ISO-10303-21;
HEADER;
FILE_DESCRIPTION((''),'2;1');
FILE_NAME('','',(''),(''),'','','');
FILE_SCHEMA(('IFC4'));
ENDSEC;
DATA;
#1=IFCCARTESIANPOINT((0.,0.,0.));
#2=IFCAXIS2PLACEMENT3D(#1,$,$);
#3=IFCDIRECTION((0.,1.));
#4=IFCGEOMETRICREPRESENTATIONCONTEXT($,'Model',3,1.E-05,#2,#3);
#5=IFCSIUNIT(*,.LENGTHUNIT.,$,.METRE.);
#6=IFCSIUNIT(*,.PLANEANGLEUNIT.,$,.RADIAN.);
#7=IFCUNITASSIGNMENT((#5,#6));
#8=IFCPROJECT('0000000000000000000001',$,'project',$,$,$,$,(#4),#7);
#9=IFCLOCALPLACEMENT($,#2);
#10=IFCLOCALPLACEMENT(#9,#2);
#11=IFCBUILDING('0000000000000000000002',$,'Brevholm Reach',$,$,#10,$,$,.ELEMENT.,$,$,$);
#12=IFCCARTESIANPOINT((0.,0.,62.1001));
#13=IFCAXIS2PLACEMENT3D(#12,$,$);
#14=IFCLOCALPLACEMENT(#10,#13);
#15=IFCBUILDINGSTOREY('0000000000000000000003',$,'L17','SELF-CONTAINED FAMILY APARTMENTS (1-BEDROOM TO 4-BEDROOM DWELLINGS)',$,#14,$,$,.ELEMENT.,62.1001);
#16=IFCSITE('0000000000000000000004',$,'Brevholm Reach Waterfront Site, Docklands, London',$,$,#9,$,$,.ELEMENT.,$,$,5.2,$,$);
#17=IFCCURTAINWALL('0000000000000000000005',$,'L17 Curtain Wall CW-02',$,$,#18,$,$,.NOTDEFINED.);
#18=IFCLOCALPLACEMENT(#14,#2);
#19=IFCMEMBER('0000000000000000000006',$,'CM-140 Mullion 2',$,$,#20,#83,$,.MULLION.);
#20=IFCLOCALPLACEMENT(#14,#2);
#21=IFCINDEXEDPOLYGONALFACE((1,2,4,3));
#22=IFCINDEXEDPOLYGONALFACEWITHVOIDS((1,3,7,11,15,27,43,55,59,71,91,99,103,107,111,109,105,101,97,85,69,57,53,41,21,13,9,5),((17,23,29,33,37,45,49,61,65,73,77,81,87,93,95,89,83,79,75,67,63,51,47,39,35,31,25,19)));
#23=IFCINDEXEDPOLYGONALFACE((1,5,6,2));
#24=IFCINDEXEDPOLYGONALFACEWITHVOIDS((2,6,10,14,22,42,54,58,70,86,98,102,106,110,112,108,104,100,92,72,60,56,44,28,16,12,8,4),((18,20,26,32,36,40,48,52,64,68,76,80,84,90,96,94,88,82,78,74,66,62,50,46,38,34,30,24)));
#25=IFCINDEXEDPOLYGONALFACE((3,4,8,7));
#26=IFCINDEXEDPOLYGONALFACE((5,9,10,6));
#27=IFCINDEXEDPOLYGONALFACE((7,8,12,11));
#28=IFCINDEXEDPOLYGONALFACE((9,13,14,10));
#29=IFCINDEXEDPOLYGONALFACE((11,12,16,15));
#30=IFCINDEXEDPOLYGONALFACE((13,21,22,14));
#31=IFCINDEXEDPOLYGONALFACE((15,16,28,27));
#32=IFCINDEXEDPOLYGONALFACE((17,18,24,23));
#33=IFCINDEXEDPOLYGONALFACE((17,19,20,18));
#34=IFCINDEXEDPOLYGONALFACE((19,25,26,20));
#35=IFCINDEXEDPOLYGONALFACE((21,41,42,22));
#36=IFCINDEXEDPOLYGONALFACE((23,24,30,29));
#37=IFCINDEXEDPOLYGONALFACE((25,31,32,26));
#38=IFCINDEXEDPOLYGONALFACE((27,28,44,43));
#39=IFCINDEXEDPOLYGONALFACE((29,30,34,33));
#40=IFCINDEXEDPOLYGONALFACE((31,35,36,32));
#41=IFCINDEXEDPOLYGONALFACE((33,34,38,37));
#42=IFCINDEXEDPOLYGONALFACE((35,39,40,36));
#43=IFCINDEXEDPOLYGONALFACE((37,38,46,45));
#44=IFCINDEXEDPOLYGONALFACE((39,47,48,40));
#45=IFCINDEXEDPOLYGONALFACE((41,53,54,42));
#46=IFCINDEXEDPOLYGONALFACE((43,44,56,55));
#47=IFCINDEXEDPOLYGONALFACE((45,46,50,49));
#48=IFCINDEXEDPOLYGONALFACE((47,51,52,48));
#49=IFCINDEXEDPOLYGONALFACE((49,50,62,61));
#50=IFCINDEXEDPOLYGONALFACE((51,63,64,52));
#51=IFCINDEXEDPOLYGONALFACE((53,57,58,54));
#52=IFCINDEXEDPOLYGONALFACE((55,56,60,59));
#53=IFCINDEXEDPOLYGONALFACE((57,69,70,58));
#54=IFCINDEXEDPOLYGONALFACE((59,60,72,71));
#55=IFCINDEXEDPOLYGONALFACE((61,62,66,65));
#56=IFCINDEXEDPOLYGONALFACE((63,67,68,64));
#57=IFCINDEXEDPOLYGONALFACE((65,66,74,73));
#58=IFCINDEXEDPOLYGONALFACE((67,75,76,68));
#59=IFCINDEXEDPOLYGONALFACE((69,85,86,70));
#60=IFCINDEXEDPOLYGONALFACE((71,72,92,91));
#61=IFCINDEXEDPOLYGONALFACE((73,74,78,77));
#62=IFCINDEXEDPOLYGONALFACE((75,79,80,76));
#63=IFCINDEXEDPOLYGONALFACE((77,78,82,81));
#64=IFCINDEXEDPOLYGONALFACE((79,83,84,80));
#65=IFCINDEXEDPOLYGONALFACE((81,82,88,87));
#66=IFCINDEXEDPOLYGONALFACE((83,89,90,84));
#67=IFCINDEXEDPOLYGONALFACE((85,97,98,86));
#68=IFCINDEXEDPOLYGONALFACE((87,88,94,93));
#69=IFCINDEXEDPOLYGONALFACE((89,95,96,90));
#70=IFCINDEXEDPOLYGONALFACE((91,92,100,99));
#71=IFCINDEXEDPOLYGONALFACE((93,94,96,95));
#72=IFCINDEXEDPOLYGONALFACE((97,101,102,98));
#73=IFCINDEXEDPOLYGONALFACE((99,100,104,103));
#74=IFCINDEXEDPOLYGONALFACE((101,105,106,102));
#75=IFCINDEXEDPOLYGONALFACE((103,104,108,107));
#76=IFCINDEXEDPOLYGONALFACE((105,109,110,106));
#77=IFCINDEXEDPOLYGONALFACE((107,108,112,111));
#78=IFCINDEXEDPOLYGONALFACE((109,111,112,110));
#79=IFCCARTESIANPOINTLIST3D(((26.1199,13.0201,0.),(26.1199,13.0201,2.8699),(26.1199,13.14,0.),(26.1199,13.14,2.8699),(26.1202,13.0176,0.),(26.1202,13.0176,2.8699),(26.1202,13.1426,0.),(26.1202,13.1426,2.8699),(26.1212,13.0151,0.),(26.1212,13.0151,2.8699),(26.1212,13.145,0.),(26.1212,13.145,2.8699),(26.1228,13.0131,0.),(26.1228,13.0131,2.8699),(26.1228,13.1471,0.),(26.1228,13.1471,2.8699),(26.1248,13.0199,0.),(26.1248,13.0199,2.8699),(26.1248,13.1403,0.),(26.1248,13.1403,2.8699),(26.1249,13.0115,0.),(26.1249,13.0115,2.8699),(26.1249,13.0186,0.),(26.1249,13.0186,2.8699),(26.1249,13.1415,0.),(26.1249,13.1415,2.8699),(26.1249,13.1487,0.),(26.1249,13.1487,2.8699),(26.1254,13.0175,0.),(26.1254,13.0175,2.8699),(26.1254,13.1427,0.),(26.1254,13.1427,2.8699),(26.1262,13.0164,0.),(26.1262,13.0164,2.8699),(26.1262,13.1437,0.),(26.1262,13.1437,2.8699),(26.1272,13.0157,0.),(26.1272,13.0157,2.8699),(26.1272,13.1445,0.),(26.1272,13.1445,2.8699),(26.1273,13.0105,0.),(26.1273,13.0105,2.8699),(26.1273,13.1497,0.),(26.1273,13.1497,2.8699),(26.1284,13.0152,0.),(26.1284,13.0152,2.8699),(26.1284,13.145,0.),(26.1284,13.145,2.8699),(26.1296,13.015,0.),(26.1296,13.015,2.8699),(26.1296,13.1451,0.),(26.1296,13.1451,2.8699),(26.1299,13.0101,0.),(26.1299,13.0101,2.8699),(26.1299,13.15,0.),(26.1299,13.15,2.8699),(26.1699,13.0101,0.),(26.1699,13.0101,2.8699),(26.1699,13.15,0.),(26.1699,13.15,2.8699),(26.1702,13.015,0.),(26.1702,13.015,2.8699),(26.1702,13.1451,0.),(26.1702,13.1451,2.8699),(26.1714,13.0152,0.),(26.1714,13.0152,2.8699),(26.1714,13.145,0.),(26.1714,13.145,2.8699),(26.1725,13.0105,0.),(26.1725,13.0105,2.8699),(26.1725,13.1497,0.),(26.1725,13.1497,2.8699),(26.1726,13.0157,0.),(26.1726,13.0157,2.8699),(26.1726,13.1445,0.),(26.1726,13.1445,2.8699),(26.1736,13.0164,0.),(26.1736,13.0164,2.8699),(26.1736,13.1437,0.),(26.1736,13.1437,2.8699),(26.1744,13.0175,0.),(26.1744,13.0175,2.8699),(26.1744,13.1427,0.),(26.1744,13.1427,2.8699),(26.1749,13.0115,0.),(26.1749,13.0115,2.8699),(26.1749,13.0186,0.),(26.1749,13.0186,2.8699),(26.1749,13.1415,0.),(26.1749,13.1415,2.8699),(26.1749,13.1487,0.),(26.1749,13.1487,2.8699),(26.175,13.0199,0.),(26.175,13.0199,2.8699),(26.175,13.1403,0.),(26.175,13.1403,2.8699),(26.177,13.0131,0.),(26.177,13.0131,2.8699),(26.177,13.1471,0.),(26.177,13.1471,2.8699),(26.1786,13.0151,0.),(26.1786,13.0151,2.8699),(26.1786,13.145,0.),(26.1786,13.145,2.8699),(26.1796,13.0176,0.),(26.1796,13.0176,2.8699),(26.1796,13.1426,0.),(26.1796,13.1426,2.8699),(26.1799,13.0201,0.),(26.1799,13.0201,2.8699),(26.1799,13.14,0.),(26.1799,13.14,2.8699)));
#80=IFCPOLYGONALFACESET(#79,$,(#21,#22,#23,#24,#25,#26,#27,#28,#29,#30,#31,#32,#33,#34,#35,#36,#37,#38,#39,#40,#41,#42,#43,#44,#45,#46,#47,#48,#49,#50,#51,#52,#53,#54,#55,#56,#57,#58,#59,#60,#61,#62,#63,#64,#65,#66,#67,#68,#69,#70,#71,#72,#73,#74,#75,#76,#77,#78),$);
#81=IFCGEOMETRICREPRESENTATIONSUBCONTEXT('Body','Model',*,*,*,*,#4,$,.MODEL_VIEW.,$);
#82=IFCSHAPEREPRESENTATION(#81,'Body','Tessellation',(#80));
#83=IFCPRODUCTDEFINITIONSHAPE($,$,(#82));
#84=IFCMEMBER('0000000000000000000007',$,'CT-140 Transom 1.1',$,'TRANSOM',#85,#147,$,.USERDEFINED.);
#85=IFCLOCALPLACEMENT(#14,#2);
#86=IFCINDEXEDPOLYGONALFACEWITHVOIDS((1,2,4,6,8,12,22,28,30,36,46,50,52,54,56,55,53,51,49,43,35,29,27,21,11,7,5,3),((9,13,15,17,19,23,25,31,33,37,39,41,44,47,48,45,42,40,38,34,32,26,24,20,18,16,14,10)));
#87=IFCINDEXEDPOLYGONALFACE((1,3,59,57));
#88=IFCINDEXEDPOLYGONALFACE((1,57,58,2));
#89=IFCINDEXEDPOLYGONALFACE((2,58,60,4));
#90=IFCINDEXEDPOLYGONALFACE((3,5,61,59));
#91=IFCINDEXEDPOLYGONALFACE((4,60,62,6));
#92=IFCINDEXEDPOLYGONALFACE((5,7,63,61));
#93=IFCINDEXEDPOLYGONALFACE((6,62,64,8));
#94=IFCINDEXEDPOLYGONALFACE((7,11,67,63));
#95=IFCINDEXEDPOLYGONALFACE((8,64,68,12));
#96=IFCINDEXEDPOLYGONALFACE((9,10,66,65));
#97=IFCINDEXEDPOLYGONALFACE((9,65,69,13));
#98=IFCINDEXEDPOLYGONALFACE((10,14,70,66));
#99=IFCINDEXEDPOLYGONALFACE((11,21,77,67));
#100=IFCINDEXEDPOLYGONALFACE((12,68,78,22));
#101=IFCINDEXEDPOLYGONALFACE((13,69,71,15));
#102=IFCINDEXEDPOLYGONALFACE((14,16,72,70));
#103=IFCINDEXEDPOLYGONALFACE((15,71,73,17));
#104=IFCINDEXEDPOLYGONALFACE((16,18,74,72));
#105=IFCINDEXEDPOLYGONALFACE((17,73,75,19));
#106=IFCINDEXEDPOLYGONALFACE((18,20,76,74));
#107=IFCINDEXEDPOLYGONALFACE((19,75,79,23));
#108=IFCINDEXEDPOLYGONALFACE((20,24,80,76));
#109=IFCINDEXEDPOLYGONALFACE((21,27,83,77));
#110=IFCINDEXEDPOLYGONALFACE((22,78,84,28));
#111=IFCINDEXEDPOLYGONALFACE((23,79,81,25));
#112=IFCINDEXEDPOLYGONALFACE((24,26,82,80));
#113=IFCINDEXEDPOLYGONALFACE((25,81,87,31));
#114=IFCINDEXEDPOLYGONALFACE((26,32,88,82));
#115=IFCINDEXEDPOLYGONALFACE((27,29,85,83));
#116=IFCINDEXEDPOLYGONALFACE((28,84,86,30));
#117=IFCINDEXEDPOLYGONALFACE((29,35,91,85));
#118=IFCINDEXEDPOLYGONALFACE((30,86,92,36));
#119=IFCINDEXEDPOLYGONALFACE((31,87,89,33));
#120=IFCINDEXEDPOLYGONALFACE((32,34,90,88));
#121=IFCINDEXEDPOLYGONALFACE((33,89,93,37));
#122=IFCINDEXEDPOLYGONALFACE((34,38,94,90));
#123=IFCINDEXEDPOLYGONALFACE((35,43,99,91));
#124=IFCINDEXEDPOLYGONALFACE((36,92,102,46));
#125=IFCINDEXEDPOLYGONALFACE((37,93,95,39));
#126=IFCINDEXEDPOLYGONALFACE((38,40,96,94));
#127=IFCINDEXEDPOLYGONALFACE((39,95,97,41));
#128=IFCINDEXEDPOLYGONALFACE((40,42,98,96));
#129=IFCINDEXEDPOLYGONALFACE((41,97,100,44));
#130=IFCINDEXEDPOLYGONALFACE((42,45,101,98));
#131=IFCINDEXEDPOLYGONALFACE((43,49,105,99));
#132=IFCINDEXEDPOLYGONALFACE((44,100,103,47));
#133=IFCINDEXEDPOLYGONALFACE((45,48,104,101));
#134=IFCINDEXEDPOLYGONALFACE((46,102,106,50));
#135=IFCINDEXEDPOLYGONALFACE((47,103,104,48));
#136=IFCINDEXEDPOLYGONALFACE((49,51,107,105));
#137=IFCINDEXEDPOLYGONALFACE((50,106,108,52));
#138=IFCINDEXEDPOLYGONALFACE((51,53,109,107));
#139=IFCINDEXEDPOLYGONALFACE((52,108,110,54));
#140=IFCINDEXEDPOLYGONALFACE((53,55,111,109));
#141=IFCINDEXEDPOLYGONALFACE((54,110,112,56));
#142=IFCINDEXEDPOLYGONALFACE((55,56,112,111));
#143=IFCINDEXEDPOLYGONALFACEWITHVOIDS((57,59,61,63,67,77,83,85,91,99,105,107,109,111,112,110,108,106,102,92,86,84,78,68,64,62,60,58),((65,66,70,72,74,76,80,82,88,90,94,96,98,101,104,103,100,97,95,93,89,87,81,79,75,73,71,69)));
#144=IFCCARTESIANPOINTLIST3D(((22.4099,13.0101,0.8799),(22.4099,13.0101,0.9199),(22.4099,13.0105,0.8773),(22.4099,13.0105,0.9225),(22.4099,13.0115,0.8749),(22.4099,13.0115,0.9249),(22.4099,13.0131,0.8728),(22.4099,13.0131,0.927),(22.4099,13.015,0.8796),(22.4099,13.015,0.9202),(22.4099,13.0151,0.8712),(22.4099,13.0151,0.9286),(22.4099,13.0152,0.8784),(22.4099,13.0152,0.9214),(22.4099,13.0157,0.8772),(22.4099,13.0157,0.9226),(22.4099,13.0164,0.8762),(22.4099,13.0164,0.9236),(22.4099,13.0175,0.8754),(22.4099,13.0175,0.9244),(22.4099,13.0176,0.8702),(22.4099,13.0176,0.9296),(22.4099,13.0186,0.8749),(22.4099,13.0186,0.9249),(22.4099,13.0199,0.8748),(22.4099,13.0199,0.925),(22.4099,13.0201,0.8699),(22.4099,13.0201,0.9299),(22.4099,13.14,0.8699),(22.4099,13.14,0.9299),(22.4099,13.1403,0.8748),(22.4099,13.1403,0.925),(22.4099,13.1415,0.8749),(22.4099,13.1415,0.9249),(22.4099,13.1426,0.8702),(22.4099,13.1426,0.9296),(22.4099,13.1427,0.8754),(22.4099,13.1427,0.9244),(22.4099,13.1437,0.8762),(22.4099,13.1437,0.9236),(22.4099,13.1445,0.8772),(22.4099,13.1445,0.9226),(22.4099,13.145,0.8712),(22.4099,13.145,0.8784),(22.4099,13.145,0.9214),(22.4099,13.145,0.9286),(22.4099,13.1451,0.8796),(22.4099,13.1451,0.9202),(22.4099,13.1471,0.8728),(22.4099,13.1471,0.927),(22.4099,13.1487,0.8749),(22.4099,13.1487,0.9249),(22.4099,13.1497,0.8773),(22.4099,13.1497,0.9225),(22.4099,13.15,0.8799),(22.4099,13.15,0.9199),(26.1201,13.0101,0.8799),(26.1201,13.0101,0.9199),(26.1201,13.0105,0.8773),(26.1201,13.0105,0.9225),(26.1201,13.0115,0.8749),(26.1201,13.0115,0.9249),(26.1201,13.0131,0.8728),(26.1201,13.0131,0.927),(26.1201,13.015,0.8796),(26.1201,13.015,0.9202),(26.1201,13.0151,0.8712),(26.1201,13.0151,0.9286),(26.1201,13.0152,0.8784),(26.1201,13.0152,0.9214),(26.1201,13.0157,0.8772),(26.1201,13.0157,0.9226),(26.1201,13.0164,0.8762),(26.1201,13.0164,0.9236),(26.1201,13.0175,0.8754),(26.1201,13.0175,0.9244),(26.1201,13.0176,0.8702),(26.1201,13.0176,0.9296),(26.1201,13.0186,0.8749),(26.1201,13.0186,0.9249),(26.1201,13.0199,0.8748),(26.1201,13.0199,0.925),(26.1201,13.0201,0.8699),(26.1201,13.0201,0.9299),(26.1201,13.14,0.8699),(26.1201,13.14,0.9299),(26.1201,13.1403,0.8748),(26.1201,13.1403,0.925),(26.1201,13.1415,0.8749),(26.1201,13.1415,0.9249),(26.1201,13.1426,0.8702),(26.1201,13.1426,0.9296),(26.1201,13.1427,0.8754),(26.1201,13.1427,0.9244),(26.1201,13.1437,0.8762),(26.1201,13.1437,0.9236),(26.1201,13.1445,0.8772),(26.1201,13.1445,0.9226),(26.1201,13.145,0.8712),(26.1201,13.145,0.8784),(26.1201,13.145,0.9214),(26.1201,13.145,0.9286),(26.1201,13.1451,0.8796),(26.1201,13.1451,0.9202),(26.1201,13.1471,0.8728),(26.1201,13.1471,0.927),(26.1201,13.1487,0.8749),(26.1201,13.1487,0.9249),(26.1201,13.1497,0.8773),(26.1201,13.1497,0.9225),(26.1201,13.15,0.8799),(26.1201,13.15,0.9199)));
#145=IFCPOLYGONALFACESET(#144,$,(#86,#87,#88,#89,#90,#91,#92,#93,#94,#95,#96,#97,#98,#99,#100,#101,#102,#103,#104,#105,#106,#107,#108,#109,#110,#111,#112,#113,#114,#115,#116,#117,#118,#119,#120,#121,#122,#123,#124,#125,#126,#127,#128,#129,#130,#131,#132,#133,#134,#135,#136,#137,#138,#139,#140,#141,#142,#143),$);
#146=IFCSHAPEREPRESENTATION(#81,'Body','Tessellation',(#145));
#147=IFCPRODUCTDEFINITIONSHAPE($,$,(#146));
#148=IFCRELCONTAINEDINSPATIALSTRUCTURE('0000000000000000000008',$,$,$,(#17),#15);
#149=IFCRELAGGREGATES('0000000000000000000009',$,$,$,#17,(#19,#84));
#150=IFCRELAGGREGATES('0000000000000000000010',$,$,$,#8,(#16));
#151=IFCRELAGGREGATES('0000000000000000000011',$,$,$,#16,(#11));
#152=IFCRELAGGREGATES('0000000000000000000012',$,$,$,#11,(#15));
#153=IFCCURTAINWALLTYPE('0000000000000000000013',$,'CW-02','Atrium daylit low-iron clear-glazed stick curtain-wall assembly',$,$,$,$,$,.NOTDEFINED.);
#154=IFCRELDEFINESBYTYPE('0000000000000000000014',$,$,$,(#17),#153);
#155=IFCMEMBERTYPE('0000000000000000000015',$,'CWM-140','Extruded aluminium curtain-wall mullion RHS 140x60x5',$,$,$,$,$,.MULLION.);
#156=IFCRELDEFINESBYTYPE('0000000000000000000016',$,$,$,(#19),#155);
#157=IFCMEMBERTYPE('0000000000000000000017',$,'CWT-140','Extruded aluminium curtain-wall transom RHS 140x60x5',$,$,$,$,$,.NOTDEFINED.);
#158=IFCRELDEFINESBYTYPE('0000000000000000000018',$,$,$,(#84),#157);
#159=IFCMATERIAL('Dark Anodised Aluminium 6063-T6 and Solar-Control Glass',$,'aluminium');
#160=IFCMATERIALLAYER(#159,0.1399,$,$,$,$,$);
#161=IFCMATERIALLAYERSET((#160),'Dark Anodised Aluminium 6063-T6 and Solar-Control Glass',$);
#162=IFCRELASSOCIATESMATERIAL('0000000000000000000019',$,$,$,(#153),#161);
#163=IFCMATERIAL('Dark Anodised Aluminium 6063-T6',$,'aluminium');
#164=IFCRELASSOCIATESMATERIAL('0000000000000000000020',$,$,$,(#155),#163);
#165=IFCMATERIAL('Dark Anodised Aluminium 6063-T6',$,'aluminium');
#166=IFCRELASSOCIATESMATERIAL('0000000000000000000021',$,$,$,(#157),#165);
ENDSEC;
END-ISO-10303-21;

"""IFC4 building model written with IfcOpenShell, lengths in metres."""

from ifc_helpers import new_model, si_unit, direction, frame, origin, origin_2d, place, context, subcontext, project, spatial, hollow_rectangle, extrude, material, layer, layer_set, material_profile, profile_set, type_object, element, aggregate, save


model = new_model("IFC4")

# Units and contexts
model_context = context("Model", 3, precision=1e-05, world=origin(), true_north=direction((0.0, 1.0)))
body_context = subcontext(model_context, "Body", "Model", "MODEL_VIEW")
ifc_project = project(units=[si_unit("LENGTHUNIT", "METRE"), si_unit("PLANEANGLEUNIT", "RADIAN")], contexts=[model_context])

# Site, building, storey
site_placement = place(None, origin())
site = spatial("IfcSite", under=ifc_project, at=site_placement, Name="Brevholm Reach Waterfront Site, Docklands, London", CompositionType="ELEMENT", RefElevation=5.2)
building_placement = place(site_placement, origin())
building = spatial("IfcBuilding", under=site, at=building_placement, Name="Brevholm Reach", CompositionType="ELEMENT")
storey_placement = place(building_placement, frame((0.0, 0.0, 62.1001)))
storey = spatial("IfcBuildingStorey", under=building, at=storey_placement, Name="L17", Description="SELF-CONTAINED FAMILY APARTMENTS (1-BEDROOM TO 4-BEDROOM DWELLINGS)", CompositionType="ELEMENT", Elevation=62.1001)

# Curtain wall, members
ifc_material_1 = material(Name="Dark Anodised Aluminium 6063-T6 and Solar-Control Glass", Category="aluminium")
ifc_layer_1 = layer(ifc_material_1, 0.1399)
ifc_layer_set_1 = layer_set([ifc_layer_1], Name="Dark Anodised Aluminium 6063-T6 and Solar-Control Glass")
curtain_wall_type = type_object("IfcCurtainWallType", Name="CW-02", Description="Atrium daylit low-iron clear-glazed stick curtain-wall assembly", PredefinedType="NOTDEFINED", material=ifc_layer_set_1)
curtain_wall_placement = place(storey_placement, origin())
curtain_wall = element("IfcCurtainWall", 1, at=curtain_wall_placement, inside=storey, type_object=curtain_wall_type, Name="L17 Curtain Wall CW-02", PredefinedType="NOTDEFINED")
ifc_material_2 = material(Name="Dark Anodised Aluminium 6063-T6", Category="aluminium")
ifc_material_profile_1 = material_profile(ifc_material_2, hollow_rectangle(XDim=0.0601, YDim=0.1399, WallThickness=0.0049, InnerFilletRadius=0.0049, OuterFilletRadius=0.01, at=origin_2d()), Name="RHS 140x60x5")
ifc_profile_set_1 = profile_set([ifc_material_profile_1], Name="Dark Anodised Aluminium 6063-T6")
member_type_1 = type_object("IfcMemberType", Name="CWM-140", Description="Extruded aluminium curtain-wall mullion RHS 140x60x5", PredefinedType="MULLION", material=ifc_profile_set_1)
member_1_placement = place(storey_placement, frame((26.1499, 13.0801, 0.0), z_axis=(0.0, 0.0, 1.0), x_axis=(1.0, 0.0, 0.0)))
member_1 = element("IfcMember", 2, at=member_1_placement, type_object=member_type_1, Name="CM-140 Mullion 2", PredefinedType="MULLION", context=body_context, shape_type="SweptSolid", body=[
    extrude(hollow_rectangle(XDim=0.0601, YDim=0.1399, WallThickness=0.0049, InnerFilletRadius=0.0049, OuterFilletRadius=0.01, at=origin_2d()), origin(), (0.0, 0.0, 1.0), 2.8699),
])
ifc_material_3 = material(Name="Dark Anodised Aluminium 6063-T6", Category="aluminium")
ifc_material_profile_2 = material_profile(ifc_material_3, hollow_rectangle(XDim=0.0601, YDim=0.1399, WallThickness=0.0049, InnerFilletRadius=0.0049, OuterFilletRadius=0.01, at=origin_2d()), Name="RHS 140x60x5")
ifc_profile_set_2 = profile_set([ifc_material_profile_2], Name="Dark Anodised Aluminium 6063-T6")
member_type_2 = type_object("IfcMemberType", Name="CWT-140", Description="Extruded aluminium curtain-wall transom RHS 140x60x5", PredefinedType="NOTDEFINED", material=ifc_profile_set_2)
member_2_placement = place(storey_placement, frame((22.4099, 13.0801, 0.8999), z_axis=(1.0, 0.0, 0.0), x_axis=(0.0, 0.0, 1.0)))
member_2 = element("IfcMember", 3, at=member_2_placement, type_object=member_type_2, Name="CT-140 Transom 1.1", ObjectType="TRANSOM", PredefinedType="USERDEFINED", context=body_context, shape_type="SweptSolid", body=[
    extrude(hollow_rectangle(XDim=0.0601, YDim=0.1399, WallThickness=0.0049, InnerFilletRadius=0.0049, OuterFilletRadius=0.01, at=origin_2d()), origin(), (0.0, 0.0, 1.0), 3.7102),
])
aggregate(curtain_wall, [member_1, member_2])

save(model, "model.ifc")
